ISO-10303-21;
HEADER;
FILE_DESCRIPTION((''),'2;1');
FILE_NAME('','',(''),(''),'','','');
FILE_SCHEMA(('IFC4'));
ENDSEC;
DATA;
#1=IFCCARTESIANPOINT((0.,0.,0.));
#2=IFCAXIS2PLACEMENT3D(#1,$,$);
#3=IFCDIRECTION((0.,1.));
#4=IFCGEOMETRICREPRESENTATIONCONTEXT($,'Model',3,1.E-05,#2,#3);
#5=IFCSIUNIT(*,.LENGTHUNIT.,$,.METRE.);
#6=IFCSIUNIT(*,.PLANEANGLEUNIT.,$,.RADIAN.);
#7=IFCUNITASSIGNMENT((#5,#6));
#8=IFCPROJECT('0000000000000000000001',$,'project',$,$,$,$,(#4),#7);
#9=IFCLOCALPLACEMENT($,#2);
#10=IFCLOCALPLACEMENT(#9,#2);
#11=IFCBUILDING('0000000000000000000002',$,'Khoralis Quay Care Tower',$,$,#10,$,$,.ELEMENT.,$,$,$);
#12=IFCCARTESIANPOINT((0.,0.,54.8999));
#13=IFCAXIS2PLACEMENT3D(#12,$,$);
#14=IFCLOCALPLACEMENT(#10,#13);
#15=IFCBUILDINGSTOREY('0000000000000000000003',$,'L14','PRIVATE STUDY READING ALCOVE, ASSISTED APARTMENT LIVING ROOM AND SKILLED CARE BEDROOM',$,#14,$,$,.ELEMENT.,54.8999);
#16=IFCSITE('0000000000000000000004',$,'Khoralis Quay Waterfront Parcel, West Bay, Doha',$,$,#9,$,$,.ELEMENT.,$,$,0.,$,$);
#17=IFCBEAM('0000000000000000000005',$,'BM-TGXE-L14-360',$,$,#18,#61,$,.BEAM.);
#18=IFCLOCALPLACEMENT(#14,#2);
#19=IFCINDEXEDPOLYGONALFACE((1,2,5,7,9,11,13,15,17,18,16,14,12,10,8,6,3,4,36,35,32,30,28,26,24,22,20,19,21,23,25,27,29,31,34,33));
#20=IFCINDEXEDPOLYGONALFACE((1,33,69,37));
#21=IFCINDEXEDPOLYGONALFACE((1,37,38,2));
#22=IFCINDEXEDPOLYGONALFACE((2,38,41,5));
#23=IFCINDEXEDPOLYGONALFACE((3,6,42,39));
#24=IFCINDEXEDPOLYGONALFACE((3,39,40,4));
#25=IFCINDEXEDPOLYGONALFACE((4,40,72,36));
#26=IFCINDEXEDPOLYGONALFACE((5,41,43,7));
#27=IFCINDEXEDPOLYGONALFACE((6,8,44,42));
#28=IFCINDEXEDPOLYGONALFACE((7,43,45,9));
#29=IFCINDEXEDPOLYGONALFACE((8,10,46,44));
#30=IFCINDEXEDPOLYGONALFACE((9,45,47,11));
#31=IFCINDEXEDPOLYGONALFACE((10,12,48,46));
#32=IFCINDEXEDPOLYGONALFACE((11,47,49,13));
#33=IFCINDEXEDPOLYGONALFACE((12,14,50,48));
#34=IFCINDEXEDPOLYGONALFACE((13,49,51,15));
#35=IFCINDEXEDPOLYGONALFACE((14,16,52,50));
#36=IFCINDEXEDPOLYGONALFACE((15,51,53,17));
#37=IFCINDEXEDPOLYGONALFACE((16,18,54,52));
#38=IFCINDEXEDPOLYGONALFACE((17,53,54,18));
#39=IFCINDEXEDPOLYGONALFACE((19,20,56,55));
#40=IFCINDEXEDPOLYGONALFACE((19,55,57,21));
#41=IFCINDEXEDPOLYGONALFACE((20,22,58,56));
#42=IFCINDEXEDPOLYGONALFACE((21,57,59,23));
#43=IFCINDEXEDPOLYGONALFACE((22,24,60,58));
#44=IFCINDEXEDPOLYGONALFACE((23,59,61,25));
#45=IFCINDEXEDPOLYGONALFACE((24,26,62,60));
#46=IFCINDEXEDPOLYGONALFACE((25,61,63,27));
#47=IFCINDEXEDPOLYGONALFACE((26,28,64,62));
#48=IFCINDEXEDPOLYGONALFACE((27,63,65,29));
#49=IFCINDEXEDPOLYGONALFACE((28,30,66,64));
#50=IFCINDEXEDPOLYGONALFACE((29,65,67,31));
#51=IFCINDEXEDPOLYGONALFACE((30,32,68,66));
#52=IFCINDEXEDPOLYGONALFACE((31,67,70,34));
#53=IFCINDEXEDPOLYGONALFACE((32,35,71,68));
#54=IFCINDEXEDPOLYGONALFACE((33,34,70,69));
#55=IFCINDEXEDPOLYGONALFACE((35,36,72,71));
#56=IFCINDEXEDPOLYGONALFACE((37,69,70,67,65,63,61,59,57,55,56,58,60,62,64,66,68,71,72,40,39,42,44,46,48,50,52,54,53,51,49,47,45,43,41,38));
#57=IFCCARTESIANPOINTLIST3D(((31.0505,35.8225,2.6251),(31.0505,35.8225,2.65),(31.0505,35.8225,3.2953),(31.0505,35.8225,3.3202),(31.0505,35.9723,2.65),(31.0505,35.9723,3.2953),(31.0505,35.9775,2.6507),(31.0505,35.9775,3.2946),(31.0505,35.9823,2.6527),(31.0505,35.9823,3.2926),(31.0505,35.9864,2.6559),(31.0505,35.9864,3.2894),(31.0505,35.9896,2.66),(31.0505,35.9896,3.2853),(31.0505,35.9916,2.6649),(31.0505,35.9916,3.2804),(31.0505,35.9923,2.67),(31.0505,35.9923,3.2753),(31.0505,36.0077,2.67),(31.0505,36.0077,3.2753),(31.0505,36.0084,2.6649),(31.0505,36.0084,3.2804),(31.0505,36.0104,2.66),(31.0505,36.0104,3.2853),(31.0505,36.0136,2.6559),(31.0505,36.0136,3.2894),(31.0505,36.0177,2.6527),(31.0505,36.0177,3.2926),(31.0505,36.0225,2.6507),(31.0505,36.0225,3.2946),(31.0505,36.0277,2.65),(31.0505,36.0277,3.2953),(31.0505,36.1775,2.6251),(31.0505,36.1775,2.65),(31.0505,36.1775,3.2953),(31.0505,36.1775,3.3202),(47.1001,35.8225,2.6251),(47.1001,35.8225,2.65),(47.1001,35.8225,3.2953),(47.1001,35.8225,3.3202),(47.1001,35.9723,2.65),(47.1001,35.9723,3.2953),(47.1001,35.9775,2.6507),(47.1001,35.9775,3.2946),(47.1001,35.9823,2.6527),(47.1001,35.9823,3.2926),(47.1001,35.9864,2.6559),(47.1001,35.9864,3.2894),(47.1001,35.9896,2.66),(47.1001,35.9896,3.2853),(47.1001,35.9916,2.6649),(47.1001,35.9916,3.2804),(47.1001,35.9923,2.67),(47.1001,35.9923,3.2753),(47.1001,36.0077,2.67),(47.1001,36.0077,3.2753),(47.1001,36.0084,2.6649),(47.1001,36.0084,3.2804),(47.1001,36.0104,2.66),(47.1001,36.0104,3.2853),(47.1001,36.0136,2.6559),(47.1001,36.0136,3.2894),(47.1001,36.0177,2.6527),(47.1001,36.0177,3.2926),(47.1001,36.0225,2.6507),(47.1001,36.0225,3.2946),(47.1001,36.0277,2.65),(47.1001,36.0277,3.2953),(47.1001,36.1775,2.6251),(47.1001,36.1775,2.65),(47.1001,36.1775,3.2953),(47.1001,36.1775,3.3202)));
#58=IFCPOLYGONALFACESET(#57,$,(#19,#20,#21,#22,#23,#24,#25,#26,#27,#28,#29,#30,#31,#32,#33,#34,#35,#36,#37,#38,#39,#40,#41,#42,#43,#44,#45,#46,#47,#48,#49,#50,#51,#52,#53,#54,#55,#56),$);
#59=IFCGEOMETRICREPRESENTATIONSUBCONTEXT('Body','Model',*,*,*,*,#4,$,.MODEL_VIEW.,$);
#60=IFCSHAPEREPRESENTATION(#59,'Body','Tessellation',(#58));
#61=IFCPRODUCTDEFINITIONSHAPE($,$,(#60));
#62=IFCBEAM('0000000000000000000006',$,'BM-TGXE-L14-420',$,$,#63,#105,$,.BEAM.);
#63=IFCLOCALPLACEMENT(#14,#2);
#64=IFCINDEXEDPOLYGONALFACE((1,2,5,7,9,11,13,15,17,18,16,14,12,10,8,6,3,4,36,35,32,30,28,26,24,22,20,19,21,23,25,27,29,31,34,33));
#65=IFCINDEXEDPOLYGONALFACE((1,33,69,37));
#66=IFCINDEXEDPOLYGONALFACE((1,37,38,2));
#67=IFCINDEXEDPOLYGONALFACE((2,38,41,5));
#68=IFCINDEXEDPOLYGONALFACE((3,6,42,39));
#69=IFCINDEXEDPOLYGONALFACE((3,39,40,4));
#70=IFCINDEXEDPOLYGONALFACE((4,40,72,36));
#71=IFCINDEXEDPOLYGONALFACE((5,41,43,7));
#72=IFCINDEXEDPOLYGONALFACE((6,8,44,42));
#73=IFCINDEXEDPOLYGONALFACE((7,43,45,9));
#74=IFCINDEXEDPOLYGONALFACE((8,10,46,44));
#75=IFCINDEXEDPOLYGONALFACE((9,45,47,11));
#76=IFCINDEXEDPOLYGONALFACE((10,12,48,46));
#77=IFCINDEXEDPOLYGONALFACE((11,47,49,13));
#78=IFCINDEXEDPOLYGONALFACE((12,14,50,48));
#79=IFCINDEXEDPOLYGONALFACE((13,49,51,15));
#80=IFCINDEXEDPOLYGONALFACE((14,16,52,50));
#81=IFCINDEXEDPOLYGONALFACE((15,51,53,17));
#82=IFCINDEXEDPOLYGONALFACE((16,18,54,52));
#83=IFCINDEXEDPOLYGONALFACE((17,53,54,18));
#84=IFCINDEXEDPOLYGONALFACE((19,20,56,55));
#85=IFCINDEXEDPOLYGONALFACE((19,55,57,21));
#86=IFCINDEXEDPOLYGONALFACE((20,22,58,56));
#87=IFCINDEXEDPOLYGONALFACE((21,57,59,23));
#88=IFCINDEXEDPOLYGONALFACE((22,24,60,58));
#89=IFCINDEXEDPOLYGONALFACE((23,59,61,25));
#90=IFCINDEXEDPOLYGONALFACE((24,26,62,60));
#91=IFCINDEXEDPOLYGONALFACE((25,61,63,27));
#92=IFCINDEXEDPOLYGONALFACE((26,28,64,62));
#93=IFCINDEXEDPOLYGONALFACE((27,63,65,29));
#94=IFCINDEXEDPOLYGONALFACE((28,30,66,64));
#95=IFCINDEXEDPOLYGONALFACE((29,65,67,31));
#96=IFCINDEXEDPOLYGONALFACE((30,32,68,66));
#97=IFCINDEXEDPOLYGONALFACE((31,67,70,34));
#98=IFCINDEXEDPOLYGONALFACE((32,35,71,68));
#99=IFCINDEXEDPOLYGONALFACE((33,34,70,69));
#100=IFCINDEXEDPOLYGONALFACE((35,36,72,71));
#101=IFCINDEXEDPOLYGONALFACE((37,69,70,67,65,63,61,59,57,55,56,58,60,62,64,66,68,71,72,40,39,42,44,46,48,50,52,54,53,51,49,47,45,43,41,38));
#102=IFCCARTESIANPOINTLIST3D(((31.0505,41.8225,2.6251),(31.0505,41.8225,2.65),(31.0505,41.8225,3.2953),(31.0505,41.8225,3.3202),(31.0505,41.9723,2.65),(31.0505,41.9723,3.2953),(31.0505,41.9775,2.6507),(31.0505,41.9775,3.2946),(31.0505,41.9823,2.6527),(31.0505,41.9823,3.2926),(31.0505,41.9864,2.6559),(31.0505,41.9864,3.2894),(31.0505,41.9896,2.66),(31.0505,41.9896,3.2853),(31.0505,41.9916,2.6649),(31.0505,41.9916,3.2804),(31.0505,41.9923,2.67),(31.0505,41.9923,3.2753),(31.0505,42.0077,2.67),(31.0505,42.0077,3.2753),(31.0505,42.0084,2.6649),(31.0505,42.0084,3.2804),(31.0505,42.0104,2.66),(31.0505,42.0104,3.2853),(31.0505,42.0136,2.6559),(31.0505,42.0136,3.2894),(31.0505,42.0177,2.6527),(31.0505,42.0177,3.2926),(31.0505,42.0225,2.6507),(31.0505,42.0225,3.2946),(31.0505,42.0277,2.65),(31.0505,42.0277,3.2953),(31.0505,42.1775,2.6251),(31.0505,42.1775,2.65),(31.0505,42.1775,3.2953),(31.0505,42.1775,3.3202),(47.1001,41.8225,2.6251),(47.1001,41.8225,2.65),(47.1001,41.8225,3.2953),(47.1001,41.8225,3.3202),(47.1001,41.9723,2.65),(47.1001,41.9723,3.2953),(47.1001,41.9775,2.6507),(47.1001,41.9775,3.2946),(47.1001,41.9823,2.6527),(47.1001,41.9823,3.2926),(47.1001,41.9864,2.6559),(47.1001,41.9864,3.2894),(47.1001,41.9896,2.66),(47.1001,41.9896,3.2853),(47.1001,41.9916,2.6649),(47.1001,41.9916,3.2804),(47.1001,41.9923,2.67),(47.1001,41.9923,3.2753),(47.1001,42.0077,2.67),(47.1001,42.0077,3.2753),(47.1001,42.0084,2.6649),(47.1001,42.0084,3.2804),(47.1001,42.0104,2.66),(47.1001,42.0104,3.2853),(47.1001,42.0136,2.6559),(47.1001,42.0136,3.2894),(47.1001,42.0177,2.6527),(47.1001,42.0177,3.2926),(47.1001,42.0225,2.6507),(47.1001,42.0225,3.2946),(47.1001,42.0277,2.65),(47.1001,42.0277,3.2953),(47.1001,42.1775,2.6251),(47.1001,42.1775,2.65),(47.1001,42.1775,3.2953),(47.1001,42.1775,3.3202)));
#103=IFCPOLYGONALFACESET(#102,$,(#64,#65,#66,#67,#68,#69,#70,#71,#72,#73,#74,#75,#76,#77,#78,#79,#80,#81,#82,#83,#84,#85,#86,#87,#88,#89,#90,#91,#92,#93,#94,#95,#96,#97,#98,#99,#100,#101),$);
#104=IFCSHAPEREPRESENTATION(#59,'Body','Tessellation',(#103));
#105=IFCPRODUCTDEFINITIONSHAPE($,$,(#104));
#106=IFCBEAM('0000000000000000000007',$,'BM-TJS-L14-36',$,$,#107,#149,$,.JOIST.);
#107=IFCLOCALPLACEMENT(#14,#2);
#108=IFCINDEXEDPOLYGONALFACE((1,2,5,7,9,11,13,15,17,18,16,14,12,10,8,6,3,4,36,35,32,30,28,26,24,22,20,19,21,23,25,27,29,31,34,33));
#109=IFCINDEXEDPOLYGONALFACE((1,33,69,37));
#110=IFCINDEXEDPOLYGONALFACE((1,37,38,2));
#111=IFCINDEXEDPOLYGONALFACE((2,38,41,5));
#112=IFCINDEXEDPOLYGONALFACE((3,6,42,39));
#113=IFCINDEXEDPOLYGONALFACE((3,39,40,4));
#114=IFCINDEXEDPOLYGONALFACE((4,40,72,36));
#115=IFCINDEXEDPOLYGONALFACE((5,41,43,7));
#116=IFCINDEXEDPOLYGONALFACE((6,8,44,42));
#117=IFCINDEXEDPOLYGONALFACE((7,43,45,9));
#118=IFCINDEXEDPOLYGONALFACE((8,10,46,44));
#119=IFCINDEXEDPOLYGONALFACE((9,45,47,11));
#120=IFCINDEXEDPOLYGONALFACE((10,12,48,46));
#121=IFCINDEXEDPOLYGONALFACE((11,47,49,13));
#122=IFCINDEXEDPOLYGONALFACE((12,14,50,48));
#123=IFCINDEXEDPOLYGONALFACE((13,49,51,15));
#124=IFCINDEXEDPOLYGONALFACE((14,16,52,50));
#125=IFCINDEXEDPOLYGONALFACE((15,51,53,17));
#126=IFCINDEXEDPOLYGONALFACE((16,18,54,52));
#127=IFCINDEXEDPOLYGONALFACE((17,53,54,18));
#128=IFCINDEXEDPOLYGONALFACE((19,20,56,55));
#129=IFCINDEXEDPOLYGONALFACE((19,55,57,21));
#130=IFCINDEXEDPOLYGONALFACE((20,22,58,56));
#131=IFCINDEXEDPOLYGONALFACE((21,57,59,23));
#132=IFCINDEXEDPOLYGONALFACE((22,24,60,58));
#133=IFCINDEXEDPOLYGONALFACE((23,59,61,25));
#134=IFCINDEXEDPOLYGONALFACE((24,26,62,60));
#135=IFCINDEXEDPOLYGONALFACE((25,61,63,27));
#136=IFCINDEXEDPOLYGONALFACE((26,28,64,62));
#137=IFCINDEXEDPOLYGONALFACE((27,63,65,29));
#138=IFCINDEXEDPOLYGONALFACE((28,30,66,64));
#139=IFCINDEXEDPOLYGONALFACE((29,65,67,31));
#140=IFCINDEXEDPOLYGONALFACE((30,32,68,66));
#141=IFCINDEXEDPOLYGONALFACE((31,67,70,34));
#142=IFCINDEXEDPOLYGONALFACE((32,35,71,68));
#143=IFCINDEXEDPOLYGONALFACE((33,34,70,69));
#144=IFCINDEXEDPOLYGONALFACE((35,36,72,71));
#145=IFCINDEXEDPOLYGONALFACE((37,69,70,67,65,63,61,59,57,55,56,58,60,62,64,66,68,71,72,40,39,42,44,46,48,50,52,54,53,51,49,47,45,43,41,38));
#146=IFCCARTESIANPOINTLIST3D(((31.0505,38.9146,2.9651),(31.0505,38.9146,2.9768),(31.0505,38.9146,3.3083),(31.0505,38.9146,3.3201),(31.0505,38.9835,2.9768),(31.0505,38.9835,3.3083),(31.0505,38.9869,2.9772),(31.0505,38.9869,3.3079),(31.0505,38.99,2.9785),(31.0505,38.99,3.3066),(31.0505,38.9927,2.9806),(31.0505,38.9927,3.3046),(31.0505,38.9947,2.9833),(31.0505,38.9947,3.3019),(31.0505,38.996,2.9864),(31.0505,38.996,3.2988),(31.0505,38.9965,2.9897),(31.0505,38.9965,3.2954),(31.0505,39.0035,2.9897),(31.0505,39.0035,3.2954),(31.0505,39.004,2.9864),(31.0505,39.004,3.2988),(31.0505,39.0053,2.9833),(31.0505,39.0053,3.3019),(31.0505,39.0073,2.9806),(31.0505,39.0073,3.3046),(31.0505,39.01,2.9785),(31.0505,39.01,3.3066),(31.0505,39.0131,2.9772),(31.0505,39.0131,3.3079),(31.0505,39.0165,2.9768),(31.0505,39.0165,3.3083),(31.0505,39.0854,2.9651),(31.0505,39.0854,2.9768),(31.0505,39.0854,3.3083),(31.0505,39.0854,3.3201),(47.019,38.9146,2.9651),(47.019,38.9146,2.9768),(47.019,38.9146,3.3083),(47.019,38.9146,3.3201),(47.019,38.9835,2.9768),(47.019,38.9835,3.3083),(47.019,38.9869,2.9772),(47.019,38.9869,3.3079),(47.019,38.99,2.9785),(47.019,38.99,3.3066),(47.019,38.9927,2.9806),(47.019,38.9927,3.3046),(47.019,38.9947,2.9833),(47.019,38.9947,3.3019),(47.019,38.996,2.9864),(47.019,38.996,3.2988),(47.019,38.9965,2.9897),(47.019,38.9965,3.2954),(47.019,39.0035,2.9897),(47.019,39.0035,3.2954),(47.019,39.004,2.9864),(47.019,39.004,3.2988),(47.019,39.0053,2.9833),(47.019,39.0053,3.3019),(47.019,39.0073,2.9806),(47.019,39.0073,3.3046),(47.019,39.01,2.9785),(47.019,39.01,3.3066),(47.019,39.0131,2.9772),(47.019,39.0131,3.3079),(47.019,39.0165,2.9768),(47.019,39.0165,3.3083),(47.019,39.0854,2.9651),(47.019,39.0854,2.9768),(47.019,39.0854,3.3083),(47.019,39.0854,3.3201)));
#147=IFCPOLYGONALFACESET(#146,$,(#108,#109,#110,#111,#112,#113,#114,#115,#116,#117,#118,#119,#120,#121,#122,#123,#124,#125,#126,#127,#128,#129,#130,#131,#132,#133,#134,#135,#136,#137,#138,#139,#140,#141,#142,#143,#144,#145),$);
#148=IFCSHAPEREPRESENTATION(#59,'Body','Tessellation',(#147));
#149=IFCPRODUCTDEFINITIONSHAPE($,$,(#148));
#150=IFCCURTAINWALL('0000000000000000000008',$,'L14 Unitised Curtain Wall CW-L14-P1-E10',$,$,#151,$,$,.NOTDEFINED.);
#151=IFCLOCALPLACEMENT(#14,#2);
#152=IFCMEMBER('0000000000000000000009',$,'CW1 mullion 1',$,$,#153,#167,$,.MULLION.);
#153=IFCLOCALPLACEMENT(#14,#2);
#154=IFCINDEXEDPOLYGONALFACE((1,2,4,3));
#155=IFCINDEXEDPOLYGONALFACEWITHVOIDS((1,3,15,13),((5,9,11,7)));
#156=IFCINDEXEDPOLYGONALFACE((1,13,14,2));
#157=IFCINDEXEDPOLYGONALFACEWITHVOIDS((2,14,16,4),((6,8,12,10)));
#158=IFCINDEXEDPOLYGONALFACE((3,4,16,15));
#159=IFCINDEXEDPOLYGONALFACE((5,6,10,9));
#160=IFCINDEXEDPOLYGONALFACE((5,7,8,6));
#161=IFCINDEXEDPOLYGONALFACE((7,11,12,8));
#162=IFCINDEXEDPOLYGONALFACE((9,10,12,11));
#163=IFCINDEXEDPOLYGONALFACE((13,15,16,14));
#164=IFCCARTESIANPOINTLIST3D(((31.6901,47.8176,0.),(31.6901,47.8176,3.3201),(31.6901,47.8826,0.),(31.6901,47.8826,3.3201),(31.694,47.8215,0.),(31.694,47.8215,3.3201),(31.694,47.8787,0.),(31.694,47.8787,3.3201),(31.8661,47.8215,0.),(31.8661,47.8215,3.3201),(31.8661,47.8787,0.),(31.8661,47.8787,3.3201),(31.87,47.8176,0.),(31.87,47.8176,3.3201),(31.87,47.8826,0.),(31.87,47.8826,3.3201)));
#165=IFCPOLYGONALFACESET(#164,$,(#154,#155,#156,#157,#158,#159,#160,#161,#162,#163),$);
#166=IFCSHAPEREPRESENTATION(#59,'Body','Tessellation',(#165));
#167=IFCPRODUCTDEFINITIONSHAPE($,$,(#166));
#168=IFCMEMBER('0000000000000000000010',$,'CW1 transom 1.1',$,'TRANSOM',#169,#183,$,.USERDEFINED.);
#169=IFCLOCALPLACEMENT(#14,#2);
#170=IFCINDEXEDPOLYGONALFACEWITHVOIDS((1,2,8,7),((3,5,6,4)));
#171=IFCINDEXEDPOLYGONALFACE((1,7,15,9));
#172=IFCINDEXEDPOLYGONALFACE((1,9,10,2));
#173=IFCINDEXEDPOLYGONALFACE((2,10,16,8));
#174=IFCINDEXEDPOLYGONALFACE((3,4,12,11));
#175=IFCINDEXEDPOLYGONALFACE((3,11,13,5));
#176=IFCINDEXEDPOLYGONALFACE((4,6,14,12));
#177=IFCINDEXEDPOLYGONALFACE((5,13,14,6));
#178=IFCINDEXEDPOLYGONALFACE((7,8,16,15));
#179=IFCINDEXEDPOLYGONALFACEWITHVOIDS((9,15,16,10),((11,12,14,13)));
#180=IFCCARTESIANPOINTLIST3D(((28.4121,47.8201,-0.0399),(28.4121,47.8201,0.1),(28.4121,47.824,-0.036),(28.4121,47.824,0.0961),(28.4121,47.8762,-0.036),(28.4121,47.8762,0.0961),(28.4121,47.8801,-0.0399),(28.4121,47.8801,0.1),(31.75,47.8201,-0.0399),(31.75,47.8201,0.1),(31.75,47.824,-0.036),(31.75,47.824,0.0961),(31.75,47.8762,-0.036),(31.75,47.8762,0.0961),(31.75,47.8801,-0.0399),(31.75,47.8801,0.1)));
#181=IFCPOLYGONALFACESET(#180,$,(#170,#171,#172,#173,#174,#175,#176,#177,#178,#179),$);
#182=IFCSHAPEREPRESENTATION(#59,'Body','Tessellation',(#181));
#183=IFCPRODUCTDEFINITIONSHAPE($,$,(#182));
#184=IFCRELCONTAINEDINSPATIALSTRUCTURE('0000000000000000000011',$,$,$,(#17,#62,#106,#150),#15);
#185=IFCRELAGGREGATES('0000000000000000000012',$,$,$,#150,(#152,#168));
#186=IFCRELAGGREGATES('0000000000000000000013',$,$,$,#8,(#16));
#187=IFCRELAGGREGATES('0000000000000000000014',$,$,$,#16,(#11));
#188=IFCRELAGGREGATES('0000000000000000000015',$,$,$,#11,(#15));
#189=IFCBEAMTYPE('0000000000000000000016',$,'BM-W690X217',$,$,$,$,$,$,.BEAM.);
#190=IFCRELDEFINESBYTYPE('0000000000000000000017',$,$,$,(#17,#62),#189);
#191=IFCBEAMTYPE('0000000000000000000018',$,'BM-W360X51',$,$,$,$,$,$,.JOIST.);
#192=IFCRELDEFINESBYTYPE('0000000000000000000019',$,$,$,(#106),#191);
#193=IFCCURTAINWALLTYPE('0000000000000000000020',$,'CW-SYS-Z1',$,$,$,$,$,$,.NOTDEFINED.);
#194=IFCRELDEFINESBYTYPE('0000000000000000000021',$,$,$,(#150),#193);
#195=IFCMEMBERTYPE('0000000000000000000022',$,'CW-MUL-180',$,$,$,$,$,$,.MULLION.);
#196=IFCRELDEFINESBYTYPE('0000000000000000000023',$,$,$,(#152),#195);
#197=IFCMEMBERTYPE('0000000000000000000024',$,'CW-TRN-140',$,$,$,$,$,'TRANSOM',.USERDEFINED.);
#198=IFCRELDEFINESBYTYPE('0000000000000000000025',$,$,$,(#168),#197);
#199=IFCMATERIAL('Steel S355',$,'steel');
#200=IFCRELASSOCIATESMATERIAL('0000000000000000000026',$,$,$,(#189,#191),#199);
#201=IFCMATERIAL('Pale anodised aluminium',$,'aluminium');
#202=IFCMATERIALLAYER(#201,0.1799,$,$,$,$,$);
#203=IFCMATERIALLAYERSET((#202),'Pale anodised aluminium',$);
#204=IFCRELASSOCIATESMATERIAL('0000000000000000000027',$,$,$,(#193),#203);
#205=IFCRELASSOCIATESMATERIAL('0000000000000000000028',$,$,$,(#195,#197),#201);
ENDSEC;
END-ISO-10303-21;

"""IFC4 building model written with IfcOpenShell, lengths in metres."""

from ifc_helpers import new_model, si_unit, direction, frame, origin, origin_2d, place, context, subcontext, project, spatial, hollow_rectangle, i_section, extrude, source, transform, mapped, material, layer, layer_set, material_profile, profile_set, type_object, element, aggregate, save


model = new_model("IFC4")

# Units and contexts
model_context = context("Model", 3, precision=1e-05, world=origin(), true_north=direction((0.0, 1.0)))
body_context = subcontext(model_context, "Body", "Model", "MODEL_VIEW")
ifc_project = project(units=[si_unit("LENGTHUNIT", "METRE"), si_unit("PLANEANGLEUNIT", "RADIAN")], contexts=[model_context])

# Site, building, storey
site_placement = place(None, origin())
site = spatial("IfcSite", under=ifc_project, at=site_placement, Name="Khoralis Quay Waterfront Parcel, West Bay, Doha", CompositionType="ELEMENT", RefElevation=0.0)
building_placement = place(site_placement, origin())
building = spatial("IfcBuilding", under=site, at=building_placement, Name="Khoralis Quay Care Tower", CompositionType="ELEMENT")
storey_placement = place(building_placement, frame((0.0, 0.0, 54.8999)))
storey = spatial("IfcBuildingStorey", under=building, at=storey_placement, Name="L14", Description="PRIVATE STUDY READING ALCOVE, ASSISTED APARTMENT LIVING ROOM AND SKILLED CARE BEDROOM", CompositionType="ELEMENT", Elevation=54.8999)

# Beams
ifc_material_1 = material(Name="Steel S355", Category="steel")
ifc_material_profile_1 = material_profile(ifc_material_1, i_section(OverallWidth=0.355, OverallDepth=0.6951, WebThickness=0.0154, FlangeThickness=0.0249, FilletRadius=0.02, at=origin_2d()), Name="Steel S355")
ifc_profile_set_1 = profile_set([ifc_material_profile_1], Name="Steel S355")
beam_type_1 = type_object("IfcBeamType", Name="BM-W690X217", PredefinedType="BEAM", material=ifc_profile_set_1)
shared_shape_1 = source(origin(), body_context, "Body", "SweptSolid", [
    extrude(i_section(OverallWidth=0.355, OverallDepth=0.6951, WebThickness=0.0154, FlangeThickness=0.0249, FilletRadius=0.02, at=origin_2d()), origin(), (0.0, 0.0, 1.0), 16.0496),
])
for number, where, z_axis, x_axis, name in (
    (1, (31.0505, 36.0, 2.9727), (1.0, 0.0, 0.0), (0.0, 1.0, 0.0), "BM-TGXE-L14-360"),
    (2, (31.0505, 42.0, 2.9727), (1.0, 0.0, 0.0), (0.0, 1.0, 0.0), "BM-TGXE-L14-420"),
):
    element("IfcBeam", number, at=place(storey_placement, frame(where, z_axis=z_axis, x_axis=x_axis)), inside=storey, type_object=beam_type_1, Name=name, PredefinedType="BEAM", context=body_context, shape_type="MappedRepresentation", body=[
        mapped(shared_shape_1, transform((0.0, 0.0, 0.0), scale=1.0)),
    ])
ifc_material_profile_2 = material_profile(ifc_material_1, i_section(OverallWidth=0.1709, OverallDepth=0.355, WebThickness=0.0071, FlangeThickness=0.0117, FilletRadius=0.0129, at=origin_2d()), Name="Steel S355")
ifc_profile_set_2 = profile_set([ifc_material_profile_2], Name="Steel S355")
beam_type_2 = type_object("IfcBeamType", Name="BM-W360X51", PredefinedType="JOIST", material=ifc_profile_set_2)
shared_shape_2 = source(origin(), body_context, "Body", "SweptSolid", [
    extrude(i_section(OverallWidth=0.1709, OverallDepth=0.355, WebThickness=0.0071, FlangeThickness=0.0117, FilletRadius=0.0129, at=origin_2d()), origin(), (0.0, 0.0, 1.0), 15.9685),
])
beam_1_placement = place(storey_placement, frame((31.0505, 39.0, 3.1426), z_axis=(1.0, 0.0, 0.0), x_axis=(0.0, 1.0, 0.0)))
element("IfcBeam", 3, at=beam_1_placement, inside=storey, type_object=beam_type_2, Name="BM-TJS-L14-36", PredefinedType="JOIST", context=body_context, shape_type="MappedRepresentation", body=[
    mapped(shared_shape_2, transform((0.0, 0.0, 0.0), scale=1.0)),
])

# Curtain wall, members
ifc_material_2 = material(Name="Pale anodised aluminium", Category="aluminium")
ifc_layer_1 = layer(ifc_material_2, 0.1799)
ifc_layer_set_1 = layer_set([ifc_layer_1], Name="Pale anodised aluminium")
curtain_wall_type = type_object("IfcCurtainWallType", Name="CW-SYS-Z1", PredefinedType="NOTDEFINED", material=ifc_layer_set_1)
curtain_wall_placement = place(storey_placement, origin())
curtain_wall = element("IfcCurtainWall", 4, at=curtain_wall_placement, inside=storey, type_object=curtain_wall_type, Name="L14 Unitised Curtain Wall CW-L14-P1-E10", PredefinedType="NOTDEFINED")
ifc_material_profile_3 = material_profile(ifc_material_2, hollow_rectangle(XDim=0.0649, YDim=0.1799, WallThickness=0.0039, at=origin_2d()), Name="Pale anodised aluminium")
ifc_profile_set_3 = profile_set([ifc_material_profile_3], Name="Pale anodised aluminium")
member_type_1 = type_object("IfcMemberType", Name="CW-MUL-180", PredefinedType="MULLION", material=ifc_profile_set_3)
shared_shape_3 = source(origin(), body_context, "Body", "SweptSolid", [
    extrude(hollow_rectangle(XDim=0.0649, YDim=0.1799, WallThickness=0.0039, at=origin_2d()), origin(), (0.0, 0.0, 1.0), 3.3201),
])
member_1_placement = place(storey_placement, frame((31.78, 47.8501, 0.0), z_axis=(0.0, 0.0, 1.0), x_axis=(0.0, -1.0, 0.0)))
member_1 = element("IfcMember", 5, at=member_1_placement, type_object=member_type_1, Name="CW1 mullion 1", PredefinedType="MULLION", context=body_context, shape_type="MappedRepresentation", body=[
    mapped(shared_shape_3, transform((0.0, 0.0, 0.0), scale=1.0)),
])
ifc_material_profile_4 = material_profile(ifc_material_2, hollow_rectangle(XDim=0.0601, YDim=0.1399, WallThickness=0.0039, at=origin_2d()), Name="Pale anodised aluminium")
ifc_profile_set_4 = profile_set([ifc_material_profile_4], Name="Pale anodised aluminium")
member_type_2 = type_object("IfcMemberType", Name="CW-TRN-140", ElementType="TRANSOM", PredefinedType="USERDEFINED", material=ifc_profile_set_4)
shared_shape_4 = source(origin(), body_context, "Body", "SweptSolid", [
    extrude(hollow_rectangle(XDim=0.0601, YDim=0.1399, WallThickness=0.0039, at=origin_2d()), origin(), (0.0, 0.0, 1.0), 3.3379),
])
member_2_placement = place(storey_placement, frame((31.75, 47.8501, 0.03), z_axis=(-1.0, 0.0, 0.0), x_axis=(0.0, -1.0, 0.0)))
member_2 = element("IfcMember", 6, at=member_2_placement, type_object=member_type_2, Name="CW1 transom 1.1", ObjectType="TRANSOM", PredefinedType="USERDEFINED", context=body_context, shape_type="MappedRepresentation", body=[
    mapped(shared_shape_4, transform((0.0, 0.0, 0.0), scale=1.0)),
])
aggregate(curtain_wall, [member_1, member_2])

save(model, "model.ifc")
